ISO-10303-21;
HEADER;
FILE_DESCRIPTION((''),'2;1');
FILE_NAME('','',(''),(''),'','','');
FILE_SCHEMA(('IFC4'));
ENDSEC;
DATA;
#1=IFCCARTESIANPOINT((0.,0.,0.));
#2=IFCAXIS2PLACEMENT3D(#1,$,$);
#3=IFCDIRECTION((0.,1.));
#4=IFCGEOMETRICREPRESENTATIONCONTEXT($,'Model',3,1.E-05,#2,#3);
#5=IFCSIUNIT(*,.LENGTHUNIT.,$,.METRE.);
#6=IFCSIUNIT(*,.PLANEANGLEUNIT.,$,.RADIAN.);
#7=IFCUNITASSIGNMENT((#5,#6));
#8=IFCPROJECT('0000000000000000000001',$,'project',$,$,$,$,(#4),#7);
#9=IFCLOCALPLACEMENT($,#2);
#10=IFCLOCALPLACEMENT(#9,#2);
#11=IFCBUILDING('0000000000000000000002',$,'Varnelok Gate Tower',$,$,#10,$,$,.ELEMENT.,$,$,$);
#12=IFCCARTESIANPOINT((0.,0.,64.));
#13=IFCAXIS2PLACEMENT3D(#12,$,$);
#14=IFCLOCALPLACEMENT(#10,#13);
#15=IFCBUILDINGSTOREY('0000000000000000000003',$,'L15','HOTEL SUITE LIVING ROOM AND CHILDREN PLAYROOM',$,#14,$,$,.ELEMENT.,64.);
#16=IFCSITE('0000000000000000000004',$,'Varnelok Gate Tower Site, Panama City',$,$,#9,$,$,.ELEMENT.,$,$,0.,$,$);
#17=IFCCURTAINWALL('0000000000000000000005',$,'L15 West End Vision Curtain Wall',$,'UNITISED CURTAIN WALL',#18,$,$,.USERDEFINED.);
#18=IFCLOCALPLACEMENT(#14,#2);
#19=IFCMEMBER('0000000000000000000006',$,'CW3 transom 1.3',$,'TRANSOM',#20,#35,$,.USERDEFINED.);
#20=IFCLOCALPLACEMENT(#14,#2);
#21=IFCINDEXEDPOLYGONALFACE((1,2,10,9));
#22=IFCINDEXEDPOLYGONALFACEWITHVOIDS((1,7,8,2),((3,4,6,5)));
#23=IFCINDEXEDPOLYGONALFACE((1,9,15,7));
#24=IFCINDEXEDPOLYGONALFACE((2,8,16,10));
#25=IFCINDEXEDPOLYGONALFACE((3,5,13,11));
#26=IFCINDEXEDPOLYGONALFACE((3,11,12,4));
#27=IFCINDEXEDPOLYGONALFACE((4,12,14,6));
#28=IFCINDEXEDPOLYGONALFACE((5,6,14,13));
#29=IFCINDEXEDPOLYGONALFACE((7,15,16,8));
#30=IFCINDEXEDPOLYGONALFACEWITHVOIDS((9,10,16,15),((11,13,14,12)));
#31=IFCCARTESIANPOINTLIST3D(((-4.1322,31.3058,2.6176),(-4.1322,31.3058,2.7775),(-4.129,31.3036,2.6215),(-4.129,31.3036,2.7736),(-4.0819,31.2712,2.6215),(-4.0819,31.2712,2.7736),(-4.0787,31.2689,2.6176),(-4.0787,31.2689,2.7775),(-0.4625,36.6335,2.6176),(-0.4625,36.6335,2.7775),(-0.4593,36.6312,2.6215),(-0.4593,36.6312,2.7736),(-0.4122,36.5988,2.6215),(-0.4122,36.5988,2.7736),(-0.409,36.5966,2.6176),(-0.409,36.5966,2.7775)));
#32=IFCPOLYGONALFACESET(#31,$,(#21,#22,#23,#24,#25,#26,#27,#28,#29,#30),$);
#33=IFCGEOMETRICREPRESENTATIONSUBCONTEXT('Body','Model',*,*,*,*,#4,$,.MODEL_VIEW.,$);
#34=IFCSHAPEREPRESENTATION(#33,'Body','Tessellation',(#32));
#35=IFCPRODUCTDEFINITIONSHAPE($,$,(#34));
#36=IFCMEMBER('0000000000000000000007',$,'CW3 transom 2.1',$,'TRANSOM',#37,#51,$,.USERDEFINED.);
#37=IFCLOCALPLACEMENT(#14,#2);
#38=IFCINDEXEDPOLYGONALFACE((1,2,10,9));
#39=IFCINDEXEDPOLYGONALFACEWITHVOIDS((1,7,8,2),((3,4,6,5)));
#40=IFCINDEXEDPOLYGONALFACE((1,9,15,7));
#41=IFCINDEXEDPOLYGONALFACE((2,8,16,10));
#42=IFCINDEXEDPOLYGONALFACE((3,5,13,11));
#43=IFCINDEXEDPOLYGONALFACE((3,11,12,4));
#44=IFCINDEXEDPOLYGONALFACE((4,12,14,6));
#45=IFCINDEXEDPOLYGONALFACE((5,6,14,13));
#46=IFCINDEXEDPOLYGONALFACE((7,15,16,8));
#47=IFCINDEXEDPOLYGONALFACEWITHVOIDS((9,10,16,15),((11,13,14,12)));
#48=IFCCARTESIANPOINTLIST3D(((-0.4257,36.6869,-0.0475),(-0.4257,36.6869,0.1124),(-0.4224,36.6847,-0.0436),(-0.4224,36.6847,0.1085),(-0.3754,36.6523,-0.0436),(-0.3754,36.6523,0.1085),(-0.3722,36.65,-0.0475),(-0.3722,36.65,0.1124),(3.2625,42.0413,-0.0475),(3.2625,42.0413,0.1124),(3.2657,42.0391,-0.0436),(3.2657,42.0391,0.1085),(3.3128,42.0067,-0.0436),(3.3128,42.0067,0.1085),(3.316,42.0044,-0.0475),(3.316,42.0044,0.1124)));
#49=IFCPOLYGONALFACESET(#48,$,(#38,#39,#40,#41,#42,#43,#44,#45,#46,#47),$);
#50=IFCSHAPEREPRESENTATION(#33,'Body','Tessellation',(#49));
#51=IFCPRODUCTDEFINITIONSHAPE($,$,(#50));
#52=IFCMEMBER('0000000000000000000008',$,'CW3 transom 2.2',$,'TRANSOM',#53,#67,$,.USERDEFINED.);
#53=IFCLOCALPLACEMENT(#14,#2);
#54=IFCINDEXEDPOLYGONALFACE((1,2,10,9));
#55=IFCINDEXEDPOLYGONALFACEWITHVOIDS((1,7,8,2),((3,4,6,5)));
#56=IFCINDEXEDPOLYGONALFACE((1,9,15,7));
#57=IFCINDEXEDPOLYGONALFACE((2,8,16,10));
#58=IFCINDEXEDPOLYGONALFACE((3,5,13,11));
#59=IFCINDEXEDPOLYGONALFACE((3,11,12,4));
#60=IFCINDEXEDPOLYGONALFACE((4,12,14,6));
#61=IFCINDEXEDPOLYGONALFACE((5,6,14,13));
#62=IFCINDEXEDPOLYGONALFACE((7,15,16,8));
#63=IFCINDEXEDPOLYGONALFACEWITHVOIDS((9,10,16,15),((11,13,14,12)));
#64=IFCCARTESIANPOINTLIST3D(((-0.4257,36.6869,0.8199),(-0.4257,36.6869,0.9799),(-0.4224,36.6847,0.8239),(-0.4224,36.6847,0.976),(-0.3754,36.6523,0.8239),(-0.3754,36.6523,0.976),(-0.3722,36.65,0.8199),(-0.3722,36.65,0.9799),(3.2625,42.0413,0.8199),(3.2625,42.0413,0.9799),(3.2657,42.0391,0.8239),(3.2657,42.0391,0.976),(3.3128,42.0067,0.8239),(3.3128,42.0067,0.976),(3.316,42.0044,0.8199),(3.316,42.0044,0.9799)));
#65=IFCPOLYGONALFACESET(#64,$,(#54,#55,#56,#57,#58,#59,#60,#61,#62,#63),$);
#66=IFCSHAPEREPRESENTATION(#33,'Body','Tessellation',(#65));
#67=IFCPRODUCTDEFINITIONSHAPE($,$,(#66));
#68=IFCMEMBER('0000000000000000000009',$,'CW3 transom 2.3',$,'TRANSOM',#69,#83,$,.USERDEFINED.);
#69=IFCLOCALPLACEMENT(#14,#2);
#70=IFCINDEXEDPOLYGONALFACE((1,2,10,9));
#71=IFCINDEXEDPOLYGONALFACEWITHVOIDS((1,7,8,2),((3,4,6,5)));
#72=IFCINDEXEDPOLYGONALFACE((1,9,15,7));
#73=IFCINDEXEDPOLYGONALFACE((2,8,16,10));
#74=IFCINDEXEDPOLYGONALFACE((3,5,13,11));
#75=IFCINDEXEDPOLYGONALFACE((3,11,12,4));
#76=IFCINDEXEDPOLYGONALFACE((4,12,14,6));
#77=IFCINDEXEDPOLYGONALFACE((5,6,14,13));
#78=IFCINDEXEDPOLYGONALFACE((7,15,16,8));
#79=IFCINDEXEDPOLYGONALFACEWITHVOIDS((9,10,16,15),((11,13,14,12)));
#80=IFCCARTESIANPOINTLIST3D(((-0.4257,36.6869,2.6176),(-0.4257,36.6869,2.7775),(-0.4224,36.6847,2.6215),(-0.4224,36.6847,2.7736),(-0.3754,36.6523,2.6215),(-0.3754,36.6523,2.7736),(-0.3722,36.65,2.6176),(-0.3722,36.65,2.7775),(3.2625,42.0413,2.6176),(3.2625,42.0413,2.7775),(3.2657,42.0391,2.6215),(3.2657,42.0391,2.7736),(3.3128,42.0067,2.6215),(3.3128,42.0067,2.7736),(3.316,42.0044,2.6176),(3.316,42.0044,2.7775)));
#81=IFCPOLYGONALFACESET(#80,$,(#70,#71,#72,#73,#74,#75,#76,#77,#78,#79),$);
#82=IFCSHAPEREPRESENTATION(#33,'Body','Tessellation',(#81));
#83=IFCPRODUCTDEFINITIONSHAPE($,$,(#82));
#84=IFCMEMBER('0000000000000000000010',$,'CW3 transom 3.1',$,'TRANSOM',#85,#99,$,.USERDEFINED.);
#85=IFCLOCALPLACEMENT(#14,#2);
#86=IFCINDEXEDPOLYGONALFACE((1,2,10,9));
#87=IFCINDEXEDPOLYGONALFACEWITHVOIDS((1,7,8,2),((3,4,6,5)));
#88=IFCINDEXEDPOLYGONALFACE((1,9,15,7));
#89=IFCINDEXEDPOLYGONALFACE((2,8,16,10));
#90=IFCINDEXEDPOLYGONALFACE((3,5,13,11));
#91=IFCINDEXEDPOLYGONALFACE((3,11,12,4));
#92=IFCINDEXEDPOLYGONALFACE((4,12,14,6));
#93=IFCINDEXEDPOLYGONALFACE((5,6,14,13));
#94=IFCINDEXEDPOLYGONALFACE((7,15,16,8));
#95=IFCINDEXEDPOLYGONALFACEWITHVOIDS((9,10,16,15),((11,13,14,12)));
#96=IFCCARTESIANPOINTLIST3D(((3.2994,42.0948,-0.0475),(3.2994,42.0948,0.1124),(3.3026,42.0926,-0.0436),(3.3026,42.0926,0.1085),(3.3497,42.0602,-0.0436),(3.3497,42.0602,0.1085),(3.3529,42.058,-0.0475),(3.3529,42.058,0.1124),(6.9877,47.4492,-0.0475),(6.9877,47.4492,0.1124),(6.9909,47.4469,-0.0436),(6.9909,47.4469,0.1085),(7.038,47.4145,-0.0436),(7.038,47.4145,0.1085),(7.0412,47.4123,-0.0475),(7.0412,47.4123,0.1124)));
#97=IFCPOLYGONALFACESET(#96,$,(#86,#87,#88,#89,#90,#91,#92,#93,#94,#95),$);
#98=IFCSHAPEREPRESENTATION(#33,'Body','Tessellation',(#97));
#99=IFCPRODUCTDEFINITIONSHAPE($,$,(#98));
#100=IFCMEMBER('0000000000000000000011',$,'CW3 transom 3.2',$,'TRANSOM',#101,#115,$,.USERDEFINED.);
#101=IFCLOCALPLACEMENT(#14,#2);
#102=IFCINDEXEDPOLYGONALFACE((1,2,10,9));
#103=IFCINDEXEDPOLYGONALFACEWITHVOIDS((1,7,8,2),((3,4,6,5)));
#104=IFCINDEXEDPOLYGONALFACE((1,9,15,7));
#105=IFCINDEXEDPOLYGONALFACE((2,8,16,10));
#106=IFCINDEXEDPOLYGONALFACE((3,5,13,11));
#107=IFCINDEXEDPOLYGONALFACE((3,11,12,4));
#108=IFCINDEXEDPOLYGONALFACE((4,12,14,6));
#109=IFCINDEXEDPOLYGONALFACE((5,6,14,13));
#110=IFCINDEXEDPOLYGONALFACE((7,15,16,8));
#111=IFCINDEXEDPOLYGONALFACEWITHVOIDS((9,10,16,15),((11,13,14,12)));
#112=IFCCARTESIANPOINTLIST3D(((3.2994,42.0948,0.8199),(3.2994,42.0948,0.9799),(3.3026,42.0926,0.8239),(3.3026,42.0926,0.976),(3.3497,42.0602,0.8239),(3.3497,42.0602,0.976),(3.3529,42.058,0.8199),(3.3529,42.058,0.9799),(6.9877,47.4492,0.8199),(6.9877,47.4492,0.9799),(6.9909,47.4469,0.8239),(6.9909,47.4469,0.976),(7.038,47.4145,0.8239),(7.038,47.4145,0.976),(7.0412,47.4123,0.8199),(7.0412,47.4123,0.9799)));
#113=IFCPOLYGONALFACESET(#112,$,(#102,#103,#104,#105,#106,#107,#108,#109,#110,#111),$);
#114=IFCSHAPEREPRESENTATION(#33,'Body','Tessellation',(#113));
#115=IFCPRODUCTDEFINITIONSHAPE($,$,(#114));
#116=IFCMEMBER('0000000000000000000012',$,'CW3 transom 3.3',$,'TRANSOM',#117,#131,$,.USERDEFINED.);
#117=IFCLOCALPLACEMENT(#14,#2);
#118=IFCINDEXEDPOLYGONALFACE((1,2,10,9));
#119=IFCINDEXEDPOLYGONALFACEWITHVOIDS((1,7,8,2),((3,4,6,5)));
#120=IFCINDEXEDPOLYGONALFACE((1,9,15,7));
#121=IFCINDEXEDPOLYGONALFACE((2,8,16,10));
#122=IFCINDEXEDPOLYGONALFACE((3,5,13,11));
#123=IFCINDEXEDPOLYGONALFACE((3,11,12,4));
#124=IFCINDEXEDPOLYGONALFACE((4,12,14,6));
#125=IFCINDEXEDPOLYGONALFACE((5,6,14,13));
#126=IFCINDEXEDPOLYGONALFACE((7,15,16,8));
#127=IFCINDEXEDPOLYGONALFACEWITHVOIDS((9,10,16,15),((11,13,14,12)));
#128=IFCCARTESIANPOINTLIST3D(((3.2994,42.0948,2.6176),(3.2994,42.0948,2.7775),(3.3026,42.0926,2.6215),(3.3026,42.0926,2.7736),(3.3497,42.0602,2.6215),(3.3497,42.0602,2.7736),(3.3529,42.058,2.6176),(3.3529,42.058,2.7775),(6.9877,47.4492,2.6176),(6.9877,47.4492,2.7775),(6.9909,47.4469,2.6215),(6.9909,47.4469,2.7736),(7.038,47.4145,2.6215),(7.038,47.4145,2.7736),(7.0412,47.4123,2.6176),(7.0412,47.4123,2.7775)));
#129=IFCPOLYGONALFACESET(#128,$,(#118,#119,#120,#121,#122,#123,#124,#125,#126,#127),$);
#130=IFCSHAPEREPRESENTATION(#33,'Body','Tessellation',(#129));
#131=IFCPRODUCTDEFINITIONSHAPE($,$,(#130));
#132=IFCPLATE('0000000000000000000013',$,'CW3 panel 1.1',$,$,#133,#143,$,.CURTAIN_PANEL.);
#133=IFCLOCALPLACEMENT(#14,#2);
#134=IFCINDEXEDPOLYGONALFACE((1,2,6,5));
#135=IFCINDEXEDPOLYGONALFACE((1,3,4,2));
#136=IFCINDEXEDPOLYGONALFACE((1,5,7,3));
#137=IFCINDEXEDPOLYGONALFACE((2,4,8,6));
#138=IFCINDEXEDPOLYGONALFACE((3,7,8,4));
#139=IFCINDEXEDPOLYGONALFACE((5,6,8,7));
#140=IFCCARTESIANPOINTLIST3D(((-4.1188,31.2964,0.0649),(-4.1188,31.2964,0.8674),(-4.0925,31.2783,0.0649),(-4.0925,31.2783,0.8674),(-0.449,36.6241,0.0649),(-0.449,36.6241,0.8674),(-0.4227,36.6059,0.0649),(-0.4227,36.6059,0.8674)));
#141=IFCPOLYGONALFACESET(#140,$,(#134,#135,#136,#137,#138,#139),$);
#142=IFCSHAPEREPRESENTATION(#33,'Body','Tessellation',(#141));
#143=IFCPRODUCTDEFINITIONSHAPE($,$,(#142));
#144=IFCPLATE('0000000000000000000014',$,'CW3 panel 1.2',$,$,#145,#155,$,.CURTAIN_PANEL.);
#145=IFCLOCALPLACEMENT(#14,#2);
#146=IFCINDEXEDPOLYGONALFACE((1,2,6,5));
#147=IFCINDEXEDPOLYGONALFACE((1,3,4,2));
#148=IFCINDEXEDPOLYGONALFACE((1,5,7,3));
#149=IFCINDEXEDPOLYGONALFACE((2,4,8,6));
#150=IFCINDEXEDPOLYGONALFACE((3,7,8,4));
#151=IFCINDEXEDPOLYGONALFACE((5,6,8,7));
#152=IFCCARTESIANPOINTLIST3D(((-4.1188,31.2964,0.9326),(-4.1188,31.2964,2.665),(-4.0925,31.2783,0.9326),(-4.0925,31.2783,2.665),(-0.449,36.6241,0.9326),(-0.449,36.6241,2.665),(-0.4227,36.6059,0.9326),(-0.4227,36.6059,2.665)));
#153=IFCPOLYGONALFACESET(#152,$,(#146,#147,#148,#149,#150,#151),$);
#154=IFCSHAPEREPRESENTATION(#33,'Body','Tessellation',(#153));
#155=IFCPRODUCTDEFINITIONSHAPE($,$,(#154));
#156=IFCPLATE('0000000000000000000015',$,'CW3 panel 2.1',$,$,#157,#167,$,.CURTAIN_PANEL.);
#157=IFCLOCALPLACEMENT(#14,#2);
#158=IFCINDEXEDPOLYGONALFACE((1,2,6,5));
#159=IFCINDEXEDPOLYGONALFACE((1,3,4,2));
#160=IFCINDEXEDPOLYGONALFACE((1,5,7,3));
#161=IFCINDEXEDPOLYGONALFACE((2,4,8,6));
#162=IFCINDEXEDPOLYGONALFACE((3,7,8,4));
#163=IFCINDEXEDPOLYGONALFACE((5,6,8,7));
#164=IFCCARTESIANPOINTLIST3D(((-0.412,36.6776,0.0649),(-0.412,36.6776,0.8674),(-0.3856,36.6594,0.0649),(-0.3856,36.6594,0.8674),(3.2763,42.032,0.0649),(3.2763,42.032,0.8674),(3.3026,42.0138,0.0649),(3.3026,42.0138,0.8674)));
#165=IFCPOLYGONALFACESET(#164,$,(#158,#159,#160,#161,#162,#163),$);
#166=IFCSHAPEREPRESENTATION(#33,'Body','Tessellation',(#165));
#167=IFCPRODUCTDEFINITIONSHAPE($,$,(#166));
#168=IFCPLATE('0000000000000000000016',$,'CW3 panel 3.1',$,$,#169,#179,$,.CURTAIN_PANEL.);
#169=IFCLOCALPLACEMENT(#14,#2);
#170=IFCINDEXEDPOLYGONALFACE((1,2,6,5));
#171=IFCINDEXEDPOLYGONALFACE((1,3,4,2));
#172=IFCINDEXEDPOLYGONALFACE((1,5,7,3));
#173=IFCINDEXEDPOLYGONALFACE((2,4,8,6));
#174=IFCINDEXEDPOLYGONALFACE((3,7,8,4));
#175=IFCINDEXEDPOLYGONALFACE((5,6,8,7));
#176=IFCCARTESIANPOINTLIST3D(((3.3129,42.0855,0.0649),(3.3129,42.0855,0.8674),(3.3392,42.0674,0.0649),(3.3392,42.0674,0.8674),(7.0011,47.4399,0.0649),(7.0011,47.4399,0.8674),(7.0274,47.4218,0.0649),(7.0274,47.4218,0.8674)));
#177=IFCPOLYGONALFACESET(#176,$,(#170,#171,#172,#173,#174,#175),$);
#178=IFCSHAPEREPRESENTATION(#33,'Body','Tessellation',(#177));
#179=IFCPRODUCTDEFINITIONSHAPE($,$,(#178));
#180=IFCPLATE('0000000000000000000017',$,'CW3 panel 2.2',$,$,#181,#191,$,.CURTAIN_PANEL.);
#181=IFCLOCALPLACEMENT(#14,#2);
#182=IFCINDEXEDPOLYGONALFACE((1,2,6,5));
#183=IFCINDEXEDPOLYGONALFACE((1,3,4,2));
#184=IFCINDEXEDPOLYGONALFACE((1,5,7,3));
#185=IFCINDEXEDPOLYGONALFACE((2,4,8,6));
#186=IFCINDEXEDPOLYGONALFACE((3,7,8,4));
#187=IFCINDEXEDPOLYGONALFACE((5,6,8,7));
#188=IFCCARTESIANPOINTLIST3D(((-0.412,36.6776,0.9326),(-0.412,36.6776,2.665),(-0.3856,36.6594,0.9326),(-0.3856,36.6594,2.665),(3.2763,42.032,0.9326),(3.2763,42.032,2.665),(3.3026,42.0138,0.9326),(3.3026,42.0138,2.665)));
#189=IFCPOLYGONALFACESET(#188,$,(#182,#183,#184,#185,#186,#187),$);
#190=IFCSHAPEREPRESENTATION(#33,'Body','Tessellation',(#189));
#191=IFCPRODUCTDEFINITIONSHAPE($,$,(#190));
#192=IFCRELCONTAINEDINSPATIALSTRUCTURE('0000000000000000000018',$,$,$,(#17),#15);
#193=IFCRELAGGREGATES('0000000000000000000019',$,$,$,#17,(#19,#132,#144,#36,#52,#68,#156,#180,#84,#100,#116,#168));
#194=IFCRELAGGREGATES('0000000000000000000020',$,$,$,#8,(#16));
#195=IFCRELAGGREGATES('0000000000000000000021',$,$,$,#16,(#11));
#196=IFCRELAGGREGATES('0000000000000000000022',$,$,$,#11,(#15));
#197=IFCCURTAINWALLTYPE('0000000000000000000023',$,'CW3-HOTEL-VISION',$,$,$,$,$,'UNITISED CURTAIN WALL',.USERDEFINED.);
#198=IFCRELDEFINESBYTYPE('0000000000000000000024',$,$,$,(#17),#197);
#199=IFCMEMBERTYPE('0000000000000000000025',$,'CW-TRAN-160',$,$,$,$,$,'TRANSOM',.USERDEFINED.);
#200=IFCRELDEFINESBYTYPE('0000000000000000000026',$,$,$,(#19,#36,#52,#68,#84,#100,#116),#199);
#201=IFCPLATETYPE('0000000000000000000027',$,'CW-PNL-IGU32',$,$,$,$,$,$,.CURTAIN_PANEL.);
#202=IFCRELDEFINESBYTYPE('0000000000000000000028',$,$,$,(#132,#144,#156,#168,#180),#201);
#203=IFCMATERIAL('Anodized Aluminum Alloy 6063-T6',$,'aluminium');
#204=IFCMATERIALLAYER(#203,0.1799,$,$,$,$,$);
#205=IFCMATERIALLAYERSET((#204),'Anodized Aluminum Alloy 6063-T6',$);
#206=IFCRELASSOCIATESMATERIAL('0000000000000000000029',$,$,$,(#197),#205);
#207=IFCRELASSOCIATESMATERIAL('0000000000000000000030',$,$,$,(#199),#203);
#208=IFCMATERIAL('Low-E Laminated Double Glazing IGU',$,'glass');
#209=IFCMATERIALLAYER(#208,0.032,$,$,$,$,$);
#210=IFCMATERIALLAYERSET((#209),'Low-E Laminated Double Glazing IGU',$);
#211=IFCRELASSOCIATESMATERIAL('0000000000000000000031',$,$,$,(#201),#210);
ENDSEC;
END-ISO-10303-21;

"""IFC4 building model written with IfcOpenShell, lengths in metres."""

from ifc_helpers import new_model, si_unit, direction, frame, origin, origin_2d, place, context, subcontext, project, spatial, rectangle, hollow_rectangle, extrude, source, transform, mapped, material, layer, layer_set, material_profile, profile_set, type_object, element, aggregate, save


model = new_model("IFC4")

# Units and contexts
model_context = context("Model", 3, precision=1e-05, world=origin(), true_north=direction((0.0, 1.0)))
body_context = subcontext(model_context, "Body", "Model", "MODEL_VIEW")
ifc_project = project(units=[si_unit("LENGTHUNIT", "METRE"), si_unit("PLANEANGLEUNIT", "RADIAN")], contexts=[model_context])

# Site, building, storey
site_placement = place(None, origin())
site = spatial("IfcSite", under=ifc_project, at=site_placement, Name="Varnelok Gate Tower Site, Panama City", CompositionType="ELEMENT", RefElevation=0.0)
building_placement = place(site_placement, origin())
building = spatial("IfcBuilding", under=site, at=building_placement, Name="Varnelok Gate Tower", CompositionType="ELEMENT")
storey_placement = place(building_placement, frame((0.0, 0.0, 64.0)))
storey = spatial("IfcBuildingStorey", under=building, at=storey_placement, Name="L15", Description="HOTEL SUITE LIVING ROOM AND CHILDREN PLAYROOM", CompositionType="ELEMENT", Elevation=64.0)

# Curtain wall, members, plates
ifc_material_1 = material(Name="Anodized Aluminum Alloy 6063-T6", Category="aluminium")
ifc_layer_1 = layer(ifc_material_1, 0.1799)
ifc_layer_set_1 = layer_set([ifc_layer_1], Name="Anodized Aluminum Alloy 6063-T6")
curtain_wall_type = type_object("IfcCurtainWallType", Name="CW3-HOTEL-VISION", ElementType="UNITISED CURTAIN WALL", PredefinedType="USERDEFINED", material=ifc_layer_set_1)
curtain_wall_placement = place(storey_placement, origin())
curtain_wall = element("IfcCurtainWall", 1, at=curtain_wall_placement, inside=storey, type_object=curtain_wall_type, Name="L15 West End Vision Curtain Wall", ObjectType="UNITISED CURTAIN WALL", PredefinedType="USERDEFINED")
ifc_material_profile_1 = material_profile(ifc_material_1, hollow_rectangle(XDim=0.0649, YDim=0.1599, WallThickness=0.0039, at=origin_2d()), Name="ALU160X65X4")
ifc_profile_set_1 = profile_set([ifc_material_profile_1], Name="Anodized Aluminum Alloy 6063-T6")
member_type_1 = type_object("IfcMemberType", Name="CW-TRAN-160", ElementType="TRANSOM", PredefinedType="USERDEFINED", material=ifc_profile_set_1)
member_1_placement = place(storey_placement, frame((-4.1055, 31.2874, 2.6975), z_axis=(0.567256, 0.823542, 0.0), x_axis=(-0.823542, 0.567256, 0.0)))
member_1 = element("IfcMember", 2, at=member_1_placement, type_object=member_type_1, Name="CW3 transom 1.3", ObjectType="TRANSOM", PredefinedType="USERDEFINED", context=body_context, shape_type="SweptSolid", body=[
    extrude(hollow_rectangle(XDim=0.0649, YDim=0.1599, WallThickness=0.0039, at=origin_2d()), origin(), (0.0, 0.0, 1.0), 6.4692),
])
member_2_placement = place(storey_placement, frame((-0.3989, 36.6685, 0.0325), z_axis=(0.567262, 0.823538, 0.0), x_axis=(-0.823538, 0.567262, 0.0)))
member_2 = element("IfcMember", 3, at=member_2_placement, type_object=member_type_1, Name="CW3 transom 2.1", ObjectType="TRANSOM", PredefinedType="USERDEFINED", context=body_context, shape_type="SweptSolid", body=[
    extrude(hollow_rectangle(XDim=0.0649, YDim=0.1599, WallThickness=0.0039, at=origin_2d()), origin(), (0.0, 0.0, 1.0), 6.5017),
])
member_3_placement = place(storey_placement, frame((-0.3989, 36.6685, 0.8999), z_axis=(0.567262, 0.823538, 0.0), x_axis=(-0.823538, 0.567262, 0.0)))
member_3 = element("IfcMember", 4, at=member_3_placement, type_object=member_type_1, Name="CW3 transom 2.2", ObjectType="TRANSOM", PredefinedType="USERDEFINED", context=body_context, shape_type="SweptSolid", body=[
    extrude(hollow_rectangle(XDim=0.0649, YDim=0.1599, WallThickness=0.0039, at=origin_2d()), origin(), (0.0, 0.0, 1.0), 6.5017),
])
member_4_placement = place(storey_placement, frame((-0.3989, 36.6685, 2.6975), z_axis=(0.567262, 0.823538, 0.0), x_axis=(-0.823538, 0.567262, 0.0)))
member_4 = element("IfcMember", 5, at=member_4_placement, type_object=member_type_1, Name="CW3 transom 2.3", ObjectType="TRANSOM", PredefinedType="USERDEFINED", context=body_context, shape_type="SweptSolid", body=[
    extrude(hollow_rectangle(XDim=0.0649, YDim=0.1599, WallThickness=0.0039, at=origin_2d()), origin(), (0.0, 0.0, 1.0), 6.5017),
])
member_5_placement = place(storey_placement, frame((3.3262, 42.0764, 0.0325), z_axis=(0.567279, 0.823526, 0.0), x_axis=(-0.823526, 0.567279, 0.0)))
member_5 = element("IfcMember", 6, at=member_5_placement, type_object=member_type_1, Name="CW3 transom 3.1", ObjectType="TRANSOM", PredefinedType="USERDEFINED", context=body_context, shape_type="SweptSolid", body=[
    extrude(hollow_rectangle(XDim=0.0649, YDim=0.1599, WallThickness=0.0039, at=origin_2d()), origin(), (0.0, 0.0, 1.0), 6.5017),
])
member_6_placement = place(storey_placement, frame((3.3262, 42.0764, 0.8999), z_axis=(0.567279, 0.823526, 0.0), x_axis=(-0.823526, 0.567279, 0.0)))
member_6 = element("IfcMember", 7, at=member_6_placement, type_object=member_type_1, Name="CW3 transom 3.2", ObjectType="TRANSOM", PredefinedType="USERDEFINED", context=body_context, shape_type="SweptSolid", body=[
    extrude(hollow_rectangle(XDim=0.0649, YDim=0.1599, WallThickness=0.0039, at=origin_2d()), origin(), (0.0, 0.0, 1.0), 6.5017),
])
member_7_placement = place(storey_placement, frame((3.3262, 42.0764, 2.6975), z_axis=(0.567279, 0.823526, 0.0), x_axis=(-0.823526, 0.567279, 0.0)))
member_7 = element("IfcMember", 8, at=member_7_placement, type_object=member_type_1, Name="CW3 transom 3.3", ObjectType="TRANSOM", PredefinedType="USERDEFINED", context=body_context, shape_type="SweptSolid", body=[
    extrude(hollow_rectangle(XDim=0.0649, YDim=0.1599, WallThickness=0.0039, at=origin_2d()), origin(), (0.0, 0.0, 1.0), 6.5017),
])
ifc_material_2 = material(Name="Low-E Laminated Double Glazing IGU", Category="glass")
ifc_layer_2 = layer(ifc_material_2, 0.032)
ifc_layer_set_2 = layer_set([ifc_layer_2], Name="Low-E Laminated Double Glazing IGU")
plate_type = type_object("IfcPlateType", Name="CW-PNL-IGU32", PredefinedType="CURTAIN_PANEL", material=ifc_layer_set_2)
shared_shape_1 = source(origin(), body_context, "Body", "SweptSolid", [
    extrude(rectangle(XDim=6.4692, YDim=0.032, at=origin_2d()), origin(), (0.0, 0.0, 1.0), 0.8025),
])
plate_1_placement = place(storey_placement, frame((-2.2708, 33.9512, 0.0649), z_axis=(0.0, 0.0, 1.0), x_axis=(0.567269, 0.823533, 0.0)))
plate_1 = element("IfcPlate", 9, at=plate_1_placement, type_object=plate_type, Name="CW3 panel 1.1", PredefinedType="CURTAIN_PANEL", context=body_context, shape_type="MappedRepresentation", body=[
    mapped(shared_shape_1, transform((0.0, 0.0, 0.0), scale=1.0)),
])
shared_shape_2 = source(origin(), body_context, "Body", "SweptSolid", [
    extrude(rectangle(XDim=6.4692, YDim=0.032, at=origin_2d()), origin(), (0.0, 0.0, 1.0), 1.7324),
])
plate_2_placement = place(storey_placement, frame((-2.2708, 33.9512, 0.9326), z_axis=(0.0, 0.0, 1.0), x_axis=(0.567269, 0.823533, 0.0)))
plate_2 = element("IfcPlate", 10, at=plate_2_placement, type_object=plate_type, Name="CW3 panel 1.2", PredefinedType="CURTAIN_PANEL", context=body_context, shape_type="MappedRepresentation", body=[
    mapped(shared_shape_2, transform((0.0, 0.0, 0.0), scale=1.0)),
])
shared_shape_3 = source(origin(), body_context, "Body", "SweptSolid", [
    extrude(rectangle(XDim=6.5017, YDim=0.032, at=origin_2d()), origin(), (0.0, 0.0, 1.0), 0.8025),
])
plate_3_placement = place(storey_placement, frame((1.4453, 39.3457, 0.0649), z_axis=(0.0, 0.0, 1.0), x_axis=(0.567269, 0.823533, 0.0)))
plate_3 = element("IfcPlate", 11, at=plate_3_placement, type_object=plate_type, Name="CW3 panel 2.1", PredefinedType="CURTAIN_PANEL", context=body_context, shape_type="MappedRepresentation", body=[
    mapped(shared_shape_3, transform((0.0, 0.0, 0.0), scale=1.0)),
])
plate_4_placement = place(storey_placement, frame((5.1702, 44.7537, 0.0649), z_axis=(0.0, 0.0, 1.0), x_axis=(0.567269, 0.823533, 0.0)))
plate_4 = element("IfcPlate", 12, at=plate_4_placement, type_object=plate_type, Name="CW3 panel 3.1", PredefinedType="CURTAIN_PANEL", context=body_context, shape_type="MappedRepresentation", body=[
    mapped(shared_shape_3, transform((0.0, 0.0, 0.0), scale=1.0)),
])
shared_shape_4 = source(origin(), body_context, "Body", "SweptSolid", [
    extrude(rectangle(XDim=6.5017, YDim=0.032, at=origin_2d()), origin(), (0.0, 0.0, 1.0), 1.7324),
])
plate_5_placement = place(storey_placement, frame((1.4453, 39.3457, 0.9326), z_axis=(0.0, 0.0, 1.0), x_axis=(0.567269, 0.823533, 0.0)))
plate_5 = element("IfcPlate", 13, at=plate_5_placement, type_object=plate_type, Name="CW3 panel 2.2", PredefinedType="CURTAIN_PANEL", context=body_context, shape_type="MappedRepresentation", body=[
    mapped(shared_shape_4, transform((0.0, 0.0, 0.0), scale=1.0)),
])
aggregate(curtain_wall, [member_1, plate_1, plate_2, member_2, member_3, member_4, plate_3, plate_5, member_5, member_6, member_7, plate_4])

save(model, "model.ifc")
